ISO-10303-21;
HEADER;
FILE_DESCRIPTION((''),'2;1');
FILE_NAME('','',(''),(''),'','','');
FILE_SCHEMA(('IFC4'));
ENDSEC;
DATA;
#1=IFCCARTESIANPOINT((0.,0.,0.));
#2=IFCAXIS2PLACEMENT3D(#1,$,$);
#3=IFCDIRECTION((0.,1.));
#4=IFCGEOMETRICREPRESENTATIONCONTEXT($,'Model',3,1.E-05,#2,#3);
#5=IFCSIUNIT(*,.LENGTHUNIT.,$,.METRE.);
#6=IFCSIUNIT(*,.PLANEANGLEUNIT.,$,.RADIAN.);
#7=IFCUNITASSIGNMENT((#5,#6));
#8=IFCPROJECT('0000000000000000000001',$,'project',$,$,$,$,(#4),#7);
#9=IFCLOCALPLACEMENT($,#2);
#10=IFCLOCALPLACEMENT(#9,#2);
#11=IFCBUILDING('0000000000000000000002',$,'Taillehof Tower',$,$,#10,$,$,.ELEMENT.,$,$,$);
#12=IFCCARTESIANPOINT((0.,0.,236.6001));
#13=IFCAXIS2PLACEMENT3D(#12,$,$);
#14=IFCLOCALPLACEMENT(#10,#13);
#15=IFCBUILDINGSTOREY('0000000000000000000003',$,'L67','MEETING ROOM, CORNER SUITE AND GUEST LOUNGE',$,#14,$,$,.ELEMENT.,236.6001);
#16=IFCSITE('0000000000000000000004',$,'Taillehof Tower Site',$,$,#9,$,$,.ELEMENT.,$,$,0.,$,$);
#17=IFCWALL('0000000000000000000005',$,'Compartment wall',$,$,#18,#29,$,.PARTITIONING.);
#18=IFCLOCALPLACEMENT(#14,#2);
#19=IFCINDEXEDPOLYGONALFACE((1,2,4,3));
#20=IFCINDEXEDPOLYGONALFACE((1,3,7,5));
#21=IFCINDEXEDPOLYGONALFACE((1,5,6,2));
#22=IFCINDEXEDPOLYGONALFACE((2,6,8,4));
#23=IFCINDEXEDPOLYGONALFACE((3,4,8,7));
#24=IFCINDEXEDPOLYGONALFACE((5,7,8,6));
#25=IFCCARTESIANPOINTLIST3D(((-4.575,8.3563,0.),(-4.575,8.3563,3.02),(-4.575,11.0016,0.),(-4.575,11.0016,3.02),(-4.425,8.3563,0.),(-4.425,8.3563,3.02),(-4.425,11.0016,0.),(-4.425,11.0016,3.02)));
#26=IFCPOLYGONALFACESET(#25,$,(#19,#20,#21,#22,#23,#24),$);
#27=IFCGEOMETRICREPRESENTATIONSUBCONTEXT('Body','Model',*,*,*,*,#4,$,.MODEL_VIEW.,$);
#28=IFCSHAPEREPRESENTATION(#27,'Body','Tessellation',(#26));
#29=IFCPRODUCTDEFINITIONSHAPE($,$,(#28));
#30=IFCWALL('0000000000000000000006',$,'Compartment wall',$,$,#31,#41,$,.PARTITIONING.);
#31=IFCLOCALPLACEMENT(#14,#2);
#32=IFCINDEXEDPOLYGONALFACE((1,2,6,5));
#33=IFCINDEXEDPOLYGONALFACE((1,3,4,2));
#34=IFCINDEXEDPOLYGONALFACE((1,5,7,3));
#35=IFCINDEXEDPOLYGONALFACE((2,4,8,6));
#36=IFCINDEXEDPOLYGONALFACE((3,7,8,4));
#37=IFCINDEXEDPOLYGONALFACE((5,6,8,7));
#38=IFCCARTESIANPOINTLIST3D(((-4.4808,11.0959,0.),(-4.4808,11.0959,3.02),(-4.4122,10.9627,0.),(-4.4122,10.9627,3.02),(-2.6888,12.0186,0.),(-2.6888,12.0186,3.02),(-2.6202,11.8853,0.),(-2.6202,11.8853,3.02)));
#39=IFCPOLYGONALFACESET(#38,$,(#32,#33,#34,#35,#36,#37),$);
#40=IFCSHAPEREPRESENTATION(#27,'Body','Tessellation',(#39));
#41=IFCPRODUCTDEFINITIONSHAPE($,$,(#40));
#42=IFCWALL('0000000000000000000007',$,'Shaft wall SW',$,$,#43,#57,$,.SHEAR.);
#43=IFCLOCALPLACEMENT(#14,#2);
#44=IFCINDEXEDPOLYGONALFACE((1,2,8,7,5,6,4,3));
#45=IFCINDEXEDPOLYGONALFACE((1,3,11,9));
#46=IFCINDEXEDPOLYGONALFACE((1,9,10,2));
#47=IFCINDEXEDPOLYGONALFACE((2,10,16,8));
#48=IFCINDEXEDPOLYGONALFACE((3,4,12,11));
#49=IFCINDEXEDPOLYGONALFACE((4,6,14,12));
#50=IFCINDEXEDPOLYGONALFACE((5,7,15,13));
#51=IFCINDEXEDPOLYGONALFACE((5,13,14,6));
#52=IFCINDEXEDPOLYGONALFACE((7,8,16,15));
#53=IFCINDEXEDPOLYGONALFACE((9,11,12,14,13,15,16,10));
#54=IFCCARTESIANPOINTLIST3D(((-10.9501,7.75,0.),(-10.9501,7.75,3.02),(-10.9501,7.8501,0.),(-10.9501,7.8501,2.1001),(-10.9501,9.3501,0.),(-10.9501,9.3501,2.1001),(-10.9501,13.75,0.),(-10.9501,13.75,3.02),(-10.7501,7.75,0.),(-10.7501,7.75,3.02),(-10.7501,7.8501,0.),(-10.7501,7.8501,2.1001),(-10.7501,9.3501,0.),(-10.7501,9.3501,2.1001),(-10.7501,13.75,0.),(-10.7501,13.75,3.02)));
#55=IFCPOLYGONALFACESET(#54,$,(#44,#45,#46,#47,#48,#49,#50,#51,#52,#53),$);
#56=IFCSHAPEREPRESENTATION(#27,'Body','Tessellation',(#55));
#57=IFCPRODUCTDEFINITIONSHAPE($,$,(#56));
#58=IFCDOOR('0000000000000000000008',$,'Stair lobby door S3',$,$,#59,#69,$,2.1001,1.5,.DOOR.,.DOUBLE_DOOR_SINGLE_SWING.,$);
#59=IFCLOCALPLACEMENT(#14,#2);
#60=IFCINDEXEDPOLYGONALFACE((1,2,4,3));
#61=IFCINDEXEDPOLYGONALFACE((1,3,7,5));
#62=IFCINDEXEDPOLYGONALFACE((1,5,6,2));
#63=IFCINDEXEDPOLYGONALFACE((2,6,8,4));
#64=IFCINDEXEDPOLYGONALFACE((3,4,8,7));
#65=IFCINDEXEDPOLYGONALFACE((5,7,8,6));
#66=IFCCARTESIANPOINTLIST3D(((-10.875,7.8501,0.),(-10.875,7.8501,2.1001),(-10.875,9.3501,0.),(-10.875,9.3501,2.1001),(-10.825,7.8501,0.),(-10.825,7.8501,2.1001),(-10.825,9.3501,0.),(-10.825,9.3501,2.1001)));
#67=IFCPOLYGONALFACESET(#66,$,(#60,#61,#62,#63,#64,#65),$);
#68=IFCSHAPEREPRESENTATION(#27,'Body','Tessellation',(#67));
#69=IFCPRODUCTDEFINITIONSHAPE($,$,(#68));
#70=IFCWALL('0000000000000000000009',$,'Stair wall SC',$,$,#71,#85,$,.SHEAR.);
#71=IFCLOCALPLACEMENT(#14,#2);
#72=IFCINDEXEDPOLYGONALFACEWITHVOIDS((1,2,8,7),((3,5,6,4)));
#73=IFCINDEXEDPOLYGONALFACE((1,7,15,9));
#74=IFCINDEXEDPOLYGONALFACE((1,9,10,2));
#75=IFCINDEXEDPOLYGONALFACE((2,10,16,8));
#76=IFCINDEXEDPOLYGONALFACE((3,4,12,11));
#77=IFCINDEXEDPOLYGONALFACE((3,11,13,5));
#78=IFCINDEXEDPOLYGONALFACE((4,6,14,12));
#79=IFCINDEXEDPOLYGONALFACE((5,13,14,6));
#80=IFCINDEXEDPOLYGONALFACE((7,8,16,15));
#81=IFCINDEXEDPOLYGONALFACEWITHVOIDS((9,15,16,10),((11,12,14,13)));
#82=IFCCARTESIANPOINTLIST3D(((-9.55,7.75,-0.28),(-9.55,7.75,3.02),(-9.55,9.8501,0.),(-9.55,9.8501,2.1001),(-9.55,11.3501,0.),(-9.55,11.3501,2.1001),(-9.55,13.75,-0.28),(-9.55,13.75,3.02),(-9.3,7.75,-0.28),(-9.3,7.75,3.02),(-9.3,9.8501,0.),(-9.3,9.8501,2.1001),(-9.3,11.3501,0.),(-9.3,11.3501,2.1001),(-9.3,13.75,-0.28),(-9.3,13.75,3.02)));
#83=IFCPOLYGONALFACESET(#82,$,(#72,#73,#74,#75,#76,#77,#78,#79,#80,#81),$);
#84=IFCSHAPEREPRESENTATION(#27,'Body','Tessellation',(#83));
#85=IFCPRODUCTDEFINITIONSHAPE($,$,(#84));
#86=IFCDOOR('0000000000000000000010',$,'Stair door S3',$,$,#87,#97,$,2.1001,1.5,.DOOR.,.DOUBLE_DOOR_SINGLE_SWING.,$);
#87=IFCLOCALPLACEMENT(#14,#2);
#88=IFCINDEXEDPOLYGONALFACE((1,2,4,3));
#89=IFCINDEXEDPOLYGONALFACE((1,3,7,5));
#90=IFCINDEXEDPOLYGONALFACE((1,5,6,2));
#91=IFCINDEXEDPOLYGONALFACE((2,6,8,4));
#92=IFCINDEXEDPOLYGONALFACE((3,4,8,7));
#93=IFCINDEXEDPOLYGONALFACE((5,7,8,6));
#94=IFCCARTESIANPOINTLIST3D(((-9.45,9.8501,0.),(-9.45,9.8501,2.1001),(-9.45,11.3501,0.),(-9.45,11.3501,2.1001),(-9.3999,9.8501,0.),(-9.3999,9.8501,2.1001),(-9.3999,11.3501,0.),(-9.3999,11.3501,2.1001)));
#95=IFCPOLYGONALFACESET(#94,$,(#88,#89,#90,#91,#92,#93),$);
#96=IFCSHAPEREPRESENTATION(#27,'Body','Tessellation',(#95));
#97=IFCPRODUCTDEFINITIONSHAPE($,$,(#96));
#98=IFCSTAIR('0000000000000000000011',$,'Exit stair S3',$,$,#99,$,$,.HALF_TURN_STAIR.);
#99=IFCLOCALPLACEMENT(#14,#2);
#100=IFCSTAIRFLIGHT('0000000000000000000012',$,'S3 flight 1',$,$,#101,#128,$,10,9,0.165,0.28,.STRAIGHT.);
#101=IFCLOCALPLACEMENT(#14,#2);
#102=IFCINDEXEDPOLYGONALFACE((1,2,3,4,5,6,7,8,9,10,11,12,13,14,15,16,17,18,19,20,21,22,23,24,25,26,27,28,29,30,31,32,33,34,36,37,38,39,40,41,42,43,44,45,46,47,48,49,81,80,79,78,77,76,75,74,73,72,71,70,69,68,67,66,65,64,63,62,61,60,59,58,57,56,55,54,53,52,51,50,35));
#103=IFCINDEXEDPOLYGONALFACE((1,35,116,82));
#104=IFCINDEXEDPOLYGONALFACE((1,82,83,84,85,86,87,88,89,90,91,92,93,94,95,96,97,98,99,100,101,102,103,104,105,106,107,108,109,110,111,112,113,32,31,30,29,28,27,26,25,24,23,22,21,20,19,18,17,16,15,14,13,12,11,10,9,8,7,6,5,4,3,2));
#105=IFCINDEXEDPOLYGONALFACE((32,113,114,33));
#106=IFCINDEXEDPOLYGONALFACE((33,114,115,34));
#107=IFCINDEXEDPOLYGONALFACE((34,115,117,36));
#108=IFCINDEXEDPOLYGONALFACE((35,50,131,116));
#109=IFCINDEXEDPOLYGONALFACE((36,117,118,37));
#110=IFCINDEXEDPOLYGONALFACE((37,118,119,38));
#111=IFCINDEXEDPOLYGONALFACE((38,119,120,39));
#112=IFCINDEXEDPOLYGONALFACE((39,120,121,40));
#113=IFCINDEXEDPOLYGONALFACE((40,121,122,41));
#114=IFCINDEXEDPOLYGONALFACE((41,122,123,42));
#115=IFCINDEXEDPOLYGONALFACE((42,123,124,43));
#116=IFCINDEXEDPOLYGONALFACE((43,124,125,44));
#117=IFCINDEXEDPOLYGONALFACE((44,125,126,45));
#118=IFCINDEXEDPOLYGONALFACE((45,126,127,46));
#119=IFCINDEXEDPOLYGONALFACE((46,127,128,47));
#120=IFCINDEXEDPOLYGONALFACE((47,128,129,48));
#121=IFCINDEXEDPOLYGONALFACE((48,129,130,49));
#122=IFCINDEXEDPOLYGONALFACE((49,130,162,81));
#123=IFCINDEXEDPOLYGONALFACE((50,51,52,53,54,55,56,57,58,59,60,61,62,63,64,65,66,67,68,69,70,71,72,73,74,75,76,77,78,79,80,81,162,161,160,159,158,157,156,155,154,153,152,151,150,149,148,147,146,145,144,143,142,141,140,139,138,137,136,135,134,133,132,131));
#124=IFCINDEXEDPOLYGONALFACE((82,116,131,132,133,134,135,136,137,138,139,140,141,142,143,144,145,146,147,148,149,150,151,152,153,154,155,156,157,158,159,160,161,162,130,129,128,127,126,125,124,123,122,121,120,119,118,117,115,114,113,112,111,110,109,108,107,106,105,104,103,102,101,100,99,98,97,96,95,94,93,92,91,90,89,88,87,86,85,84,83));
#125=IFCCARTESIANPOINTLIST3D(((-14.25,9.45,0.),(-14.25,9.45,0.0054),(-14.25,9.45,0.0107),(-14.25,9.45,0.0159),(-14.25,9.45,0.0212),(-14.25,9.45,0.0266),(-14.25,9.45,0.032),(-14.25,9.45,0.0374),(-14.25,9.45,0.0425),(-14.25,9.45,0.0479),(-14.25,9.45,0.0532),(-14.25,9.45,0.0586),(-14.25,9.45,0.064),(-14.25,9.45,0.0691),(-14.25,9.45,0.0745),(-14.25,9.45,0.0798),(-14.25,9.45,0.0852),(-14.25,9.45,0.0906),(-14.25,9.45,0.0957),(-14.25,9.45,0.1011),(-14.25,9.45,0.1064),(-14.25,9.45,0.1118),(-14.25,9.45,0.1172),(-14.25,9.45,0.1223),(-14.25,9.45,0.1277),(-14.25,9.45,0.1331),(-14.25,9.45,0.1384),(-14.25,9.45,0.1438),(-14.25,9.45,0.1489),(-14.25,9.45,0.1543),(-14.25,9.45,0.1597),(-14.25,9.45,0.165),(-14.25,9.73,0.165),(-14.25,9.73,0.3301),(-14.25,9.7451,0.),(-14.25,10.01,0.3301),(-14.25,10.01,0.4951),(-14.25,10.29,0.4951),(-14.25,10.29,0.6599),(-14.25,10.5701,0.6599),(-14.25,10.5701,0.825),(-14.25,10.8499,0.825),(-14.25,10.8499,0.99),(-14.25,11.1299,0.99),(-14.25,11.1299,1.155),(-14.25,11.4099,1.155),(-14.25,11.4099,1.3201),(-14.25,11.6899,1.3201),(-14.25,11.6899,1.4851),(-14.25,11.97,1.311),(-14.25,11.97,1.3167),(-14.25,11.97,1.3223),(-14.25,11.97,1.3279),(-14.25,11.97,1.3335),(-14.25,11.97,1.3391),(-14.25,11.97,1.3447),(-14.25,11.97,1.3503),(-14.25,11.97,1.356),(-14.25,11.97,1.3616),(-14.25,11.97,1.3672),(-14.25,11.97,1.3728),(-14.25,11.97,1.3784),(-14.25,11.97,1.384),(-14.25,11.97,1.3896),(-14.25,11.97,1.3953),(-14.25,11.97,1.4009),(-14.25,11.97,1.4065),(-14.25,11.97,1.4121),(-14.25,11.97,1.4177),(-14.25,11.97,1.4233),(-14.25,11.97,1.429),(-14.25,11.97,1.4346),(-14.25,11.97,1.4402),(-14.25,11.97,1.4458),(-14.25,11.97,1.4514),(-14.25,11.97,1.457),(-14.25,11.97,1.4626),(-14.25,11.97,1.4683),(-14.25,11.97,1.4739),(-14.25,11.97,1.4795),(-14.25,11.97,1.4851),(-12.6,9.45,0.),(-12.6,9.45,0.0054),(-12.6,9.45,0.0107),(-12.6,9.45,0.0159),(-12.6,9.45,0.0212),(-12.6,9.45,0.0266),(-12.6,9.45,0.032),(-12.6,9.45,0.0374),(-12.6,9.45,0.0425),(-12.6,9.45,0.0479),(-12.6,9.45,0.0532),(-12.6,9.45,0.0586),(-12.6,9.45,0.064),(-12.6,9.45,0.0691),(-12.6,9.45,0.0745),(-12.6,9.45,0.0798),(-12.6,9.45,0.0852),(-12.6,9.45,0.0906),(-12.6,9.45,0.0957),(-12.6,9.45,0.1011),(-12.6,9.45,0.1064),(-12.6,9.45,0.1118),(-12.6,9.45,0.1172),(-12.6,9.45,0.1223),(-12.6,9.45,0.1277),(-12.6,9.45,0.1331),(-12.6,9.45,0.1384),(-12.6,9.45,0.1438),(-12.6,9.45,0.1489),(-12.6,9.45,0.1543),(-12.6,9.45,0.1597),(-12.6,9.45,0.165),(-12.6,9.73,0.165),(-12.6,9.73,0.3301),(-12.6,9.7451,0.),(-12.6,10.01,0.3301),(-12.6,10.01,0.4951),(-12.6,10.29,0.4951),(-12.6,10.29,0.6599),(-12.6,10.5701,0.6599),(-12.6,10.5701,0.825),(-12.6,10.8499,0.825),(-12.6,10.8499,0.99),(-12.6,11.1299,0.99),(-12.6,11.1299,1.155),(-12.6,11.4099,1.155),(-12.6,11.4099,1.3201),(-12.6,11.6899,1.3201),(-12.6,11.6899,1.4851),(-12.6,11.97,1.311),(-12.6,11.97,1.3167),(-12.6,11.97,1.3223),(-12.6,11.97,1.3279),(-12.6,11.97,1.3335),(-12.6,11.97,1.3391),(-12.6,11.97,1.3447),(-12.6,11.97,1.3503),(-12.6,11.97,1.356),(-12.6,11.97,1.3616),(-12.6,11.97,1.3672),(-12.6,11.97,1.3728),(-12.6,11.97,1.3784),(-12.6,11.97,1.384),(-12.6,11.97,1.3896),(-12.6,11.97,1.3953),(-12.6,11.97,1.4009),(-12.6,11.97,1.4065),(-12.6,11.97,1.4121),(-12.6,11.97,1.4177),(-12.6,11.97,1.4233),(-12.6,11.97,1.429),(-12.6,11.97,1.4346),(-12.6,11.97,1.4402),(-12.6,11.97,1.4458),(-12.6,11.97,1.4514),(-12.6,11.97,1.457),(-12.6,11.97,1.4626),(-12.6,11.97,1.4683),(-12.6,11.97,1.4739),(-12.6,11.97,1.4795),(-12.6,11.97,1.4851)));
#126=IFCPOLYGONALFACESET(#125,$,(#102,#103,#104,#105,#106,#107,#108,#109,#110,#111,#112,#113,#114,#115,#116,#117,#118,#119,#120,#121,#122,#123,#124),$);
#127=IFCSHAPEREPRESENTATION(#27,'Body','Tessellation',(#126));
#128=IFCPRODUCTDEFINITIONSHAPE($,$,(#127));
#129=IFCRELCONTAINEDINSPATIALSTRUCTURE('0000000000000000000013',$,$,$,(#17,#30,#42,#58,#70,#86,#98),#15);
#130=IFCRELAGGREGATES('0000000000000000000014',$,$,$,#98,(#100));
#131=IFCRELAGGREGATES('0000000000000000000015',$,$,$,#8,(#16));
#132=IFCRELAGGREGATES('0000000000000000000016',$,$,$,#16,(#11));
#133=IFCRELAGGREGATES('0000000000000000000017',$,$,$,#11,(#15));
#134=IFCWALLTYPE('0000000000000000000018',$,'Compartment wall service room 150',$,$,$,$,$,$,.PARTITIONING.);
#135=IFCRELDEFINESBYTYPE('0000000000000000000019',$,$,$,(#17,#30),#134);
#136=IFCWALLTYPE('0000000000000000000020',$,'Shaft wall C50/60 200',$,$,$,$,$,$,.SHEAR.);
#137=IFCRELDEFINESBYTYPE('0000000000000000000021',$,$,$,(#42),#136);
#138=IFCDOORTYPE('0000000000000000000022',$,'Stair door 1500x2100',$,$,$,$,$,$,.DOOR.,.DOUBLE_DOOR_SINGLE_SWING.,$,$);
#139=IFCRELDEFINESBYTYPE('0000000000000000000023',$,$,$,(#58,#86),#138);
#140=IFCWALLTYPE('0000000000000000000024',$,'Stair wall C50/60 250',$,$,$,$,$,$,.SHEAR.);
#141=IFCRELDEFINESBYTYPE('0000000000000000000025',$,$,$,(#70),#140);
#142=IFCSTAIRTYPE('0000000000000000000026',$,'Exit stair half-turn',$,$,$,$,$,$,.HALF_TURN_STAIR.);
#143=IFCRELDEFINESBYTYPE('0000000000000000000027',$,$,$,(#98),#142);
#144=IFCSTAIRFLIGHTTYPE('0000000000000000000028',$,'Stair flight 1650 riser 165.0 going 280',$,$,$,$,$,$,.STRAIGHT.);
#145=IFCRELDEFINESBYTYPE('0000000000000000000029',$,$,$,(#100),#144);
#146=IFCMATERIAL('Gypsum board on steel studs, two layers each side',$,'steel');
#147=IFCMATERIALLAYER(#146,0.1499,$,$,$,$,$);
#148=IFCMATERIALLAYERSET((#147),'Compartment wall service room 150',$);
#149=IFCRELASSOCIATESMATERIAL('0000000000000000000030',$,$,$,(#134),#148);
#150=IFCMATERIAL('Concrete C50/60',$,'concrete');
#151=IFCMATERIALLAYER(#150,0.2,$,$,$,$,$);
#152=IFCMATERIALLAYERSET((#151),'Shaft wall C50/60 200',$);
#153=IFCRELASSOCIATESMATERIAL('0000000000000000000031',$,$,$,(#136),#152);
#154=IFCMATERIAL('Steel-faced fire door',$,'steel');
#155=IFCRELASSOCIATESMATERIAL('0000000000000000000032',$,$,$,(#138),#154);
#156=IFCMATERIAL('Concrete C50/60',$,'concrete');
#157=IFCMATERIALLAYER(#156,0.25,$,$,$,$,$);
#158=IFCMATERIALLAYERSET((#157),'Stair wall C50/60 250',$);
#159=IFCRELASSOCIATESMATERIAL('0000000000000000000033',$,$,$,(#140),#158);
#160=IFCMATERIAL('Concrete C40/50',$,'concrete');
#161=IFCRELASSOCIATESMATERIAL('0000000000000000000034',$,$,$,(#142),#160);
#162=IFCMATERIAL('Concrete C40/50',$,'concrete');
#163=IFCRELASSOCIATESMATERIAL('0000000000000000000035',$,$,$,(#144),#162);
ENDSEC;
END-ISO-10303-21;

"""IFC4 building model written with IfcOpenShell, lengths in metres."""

from ifc_helpers import new_model, si_unit, direction, frame, frame_2d, origin, place, context, subcontext, project, spatial, polyline, rectangle, outline, extrude, material, layer, layer_set, type_object, element, fill, aggregate, save


model = new_model("IFC4")

# Units and contexts
model_context = context("Model", 3, precision=1e-05, world=origin(), true_north=direction((0.0, 1.0)))
body_context = subcontext(model_context, "Body", "Model", "MODEL_VIEW")
ifc_project = project(units=[si_unit("LENGTHUNIT", "METRE"), si_unit("PLANEANGLEUNIT", "RADIAN")], contexts=[model_context])

# Site, building, storey
site_placement = place(None, origin())
site = spatial("IfcSite", under=ifc_project, at=site_placement, Name="Taillehof Tower Site", CompositionType="ELEMENT", RefElevation=0.0)
building_placement = place(site_placement, origin())
building = spatial("IfcBuilding", under=site, at=building_placement, Name="Taillehof Tower", CompositionType="ELEMENT")
storey_placement = place(building_placement, frame((0.0, 0.0, 236.6001)))
storey = spatial("IfcBuildingStorey", under=building, at=storey_placement, Name="L67", Description="MEETING ROOM, CORNER SUITE AND GUEST LOUNGE", CompositionType="ELEMENT", Elevation=236.6001)

# Shared definitions
ifc_material_1 = material(Name="Gypsum board on steel studs, two layers each side", Category="steel")
ifc_layer_1 = layer(ifc_material_1, 0.1499)
ifc_layer_set_1 = layer_set([ifc_layer_1], Name="Compartment wall service room 150")
wall_type_1 = type_object("IfcWallType", Name="Compartment wall service room 150", PredefinedType="PARTITIONING", material=ifc_layer_set_1)

# Walls
wall_1_placement = place(storey_placement, frame((-4.5, 8.3562, 0.0), z_axis=(0.0, 0.0, 1.0), x_axis=(0.0, 1.0, 0.0)))
element("IfcWall", 1, at=wall_1_placement, inside=storey, type_object=wall_type_1, Name="Compartment wall", PredefinedType="PARTITIONING", context=body_context, shape_type="SweptSolid", body=[
    extrude(rectangle(XDim=2.6453, YDim=0.1499, at=frame_2d((1.3228, 0.0))), origin(), (0.0, 0.0, 1.0), 3.02),
])
wall_2_placement = place(storey_placement, frame((-4.4465, 11.0293, 0.0), z_axis=(0.0, 0.0, 1.0), x_axis=(0.889084, 0.457745, 0.0)))
element("IfcWall", 2, at=wall_2_placement, inside=storey, type_object=wall_type_1, Name="Compartment wall", PredefinedType="PARTITIONING", context=body_context, shape_type="SweptSolid", body=[
    extrude(rectangle(XDim=2.0156, YDim=0.1499, at=frame_2d((1.0078, 0.0))), origin(), (0.0, 0.0, 1.0), 3.02),
])

# Walls, openings, doors
ifc_material_2 = material(Name="Concrete C50/60", Category="concrete")
ifc_layer_2 = layer(ifc_material_2, 0.2)
ifc_layer_set_2 = layer_set([ifc_layer_2], Name="Shaft wall C50/60 200")
wall_type_2 = type_object("IfcWallType", Name="Shaft wall C50/60 200", PredefinedType="SHEAR", material=ifc_layer_set_2)
wall_3_placement = place(storey_placement, frame((-10.8501, 7.75, 0.0), z_axis=(0.0, 0.0, 1.0), x_axis=(0.0, 1.0, 0.0)))
wall_3 = element("IfcWall", 3, at=wall_3_placement, inside=storey, type_object=wall_type_2, Name="Shaft wall SW", PredefinedType="SHEAR", context=body_context, shape_type="SweptSolid", body=[
    extrude(rectangle(XDim=6.0, YDim=0.2, at=frame_2d((3.0, 0.0))), origin(), (0.0, 0.0, 1.0), 3.02),
])
opening_1_placement = place(wall_3_placement, frame((0.1001, 0.0, 0.0)))
opening_1 = element("IfcOpeningElement", 4, at=opening_1_placement, cuts=wall_3, PredefinedType="OPENING", context=body_context, shape_type="SweptSolid", body=[
    extrude(rectangle(XDim=1.5, YDim=2.1001, at=frame_2d((0.75, 1.05))), frame((0.0, 0.1099, 0.0), z_axis=(0.0, -1.0, 0.0), x_axis=(1.0, 0.0, 0.0)), (0.0, 0.0, 1.0), 0.22),
])
ifc_material_3 = material(Name="Steel-faced fire door", Category="steel")
door_type_1 = type_object("IfcDoorType", Name="Stair door 1500x2100", OperationType="DOUBLE_DOOR_SINGLE_SWING", PredefinedType="DOOR", material=ifc_material_3)
door_1_placement = place(opening_1_placement, origin())
door_1 = element("IfcDoor", 5, at=door_1_placement, inside=storey, type_object=door_type_1, Name="Stair lobby door S3", OperationType="DOUBLE_DOOR_SINGLE_SWING", OverallHeight=2.1001, OverallWidth=1.5, PredefinedType="DOOR", context=body_context, shape_type="SweptSolid", body=[
    extrude(rectangle(XDim=1.5, YDim=2.1001, at=frame_2d((0.75, 1.05))), frame((0.0, 0.0249, 0.0), z_axis=(0.0, -1.0, 0.0), x_axis=(1.0, 0.0, 0.0)), (0.0, 0.0, 1.0), 0.05),
])
fill(opening_1, door_1)
ifc_material_4 = material(Name="Concrete C50/60", Category="concrete")
ifc_layer_3 = layer(ifc_material_4, 0.25)
ifc_layer_set_3 = layer_set([ifc_layer_3], Name="Stair wall C50/60 250")
wall_type_3 = type_object("IfcWallType", Name="Stair wall C50/60 250", PredefinedType="SHEAR", material=ifc_layer_set_3)
wall_4_placement = place(storey_placement, frame((-9.425, 7.75, -0.28), z_axis=(0.0, 0.0, 1.0), x_axis=(0.0, 1.0, 0.0)))
wall_4 = element("IfcWall", 6, at=wall_4_placement, inside=storey, type_object=wall_type_3, Name="Stair wall SC", PredefinedType="SHEAR", context=body_context, shape_type="SweptSolid", body=[
    extrude(rectangle(XDim=6.0, YDim=0.25, at=frame_2d((3.0, 0.0))), origin(), (0.0, 0.0, 1.0), 3.3),
])
opening_2_placement = place(wall_4_placement, frame((2.1001, 0.0, 0.28)))
opening_2 = element("IfcOpeningElement", 7, at=opening_2_placement, cuts=wall_4, PredefinedType="OPENING", context=body_context, shape_type="SweptSolid", body=[
    extrude(rectangle(XDim=1.5, YDim=2.1001, at=frame_2d((0.75, 1.05))), frame((0.0, 0.135, 0.0), z_axis=(0.0, -1.0, 0.0), x_axis=(1.0, 0.0, 0.0)), (0.0, 0.0, 1.0), 0.27),
])
door_2_placement = place(opening_2_placement, origin())
door_2 = element("IfcDoor", 8, at=door_2_placement, inside=storey, type_object=door_type_1, Name="Stair door S3", OperationType="DOUBLE_DOOR_SINGLE_SWING", OverallHeight=2.1001, OverallWidth=1.5, PredefinedType="DOOR", context=body_context, shape_type="SweptSolid", body=[
    extrude(rectangle(XDim=1.5, YDim=2.1001, at=frame_2d((0.75, 1.05))), frame((0.0, 0.0249, 0.0), z_axis=(0.0, -1.0, 0.0), x_axis=(1.0, 0.0, 0.0)), (0.0, 0.0, 1.0), 0.05),
])
fill(opening_2, door_2)

# Stair, stair flight
ifc_material_5 = material(Name="Concrete C40/50", Category="concrete")
stair_type = type_object("IfcStairType", Name="Exit stair half-turn", PredefinedType="HALF_TURN_STAIR", material=ifc_material_5)
stair_placement = place(storey_placement, origin())
stair = element("IfcStair", 9, at=stair_placement, inside=storey, type_object=stair_type, Name="Exit stair S3", PredefinedType="HALF_TURN_STAIR")
ifc_material_6 = material(Name="Concrete C40/50", Category="concrete")
stair_flight_type = type_object("IfcStairFlightType", Name="Stair flight 1650 riser 165.0 going 280", PredefinedType="STRAIGHT", material=ifc_material_6)
stair_flight_1_placement = place(storey_placement, frame((-13.425, 9.45, 0.0), z_axis=(0.0, 0.0, 1.0), x_axis=(0.0, 1.0, 0.0)))
stair_flight_1 = element("IfcStairFlight", 10, at=stair_flight_1_placement, type_object=stair_flight_type, Name="S3 flight 1", NumberOfRisers=10, NumberOfTreads=9, PredefinedType="STRAIGHT", RiserHeight=0.165, TreadLength=0.28, context=body_context, shape_type="SweptSolid", body=[
    extrude(outline(polyline([(0.0, 0.0), (0.0, 0.0054), (0.0, 0.0107), (0.0, 0.0159), (0.0, 0.0212), (0.0, 0.0266), (0.0, 0.032), (0.0, 0.0374), (0.0, 0.0425), (0.0, 0.0479), (0.0, 0.0532), (0.0, 0.0586), (0.0, 0.064), (0.0, 0.0691), (0.0, 0.0745), (0.0, 0.0798), (0.0, 0.0852), (0.0, 0.0906), (0.0, 0.0957), (0.0, 0.1011), (0.0, 0.1064), (0.0, 0.1118), (0.0, 0.1172), (0.0, 0.1223), (0.0, 0.1277), (0.0, 0.1331), (0.0, 0.1384), (0.0, 0.1438), (0.0, 0.1489), (0.0, 0.1543), (0.0, 0.1597), (0.0, 0.165), (0.28, 0.165), (0.28, 0.3301), (0.5601, 0.3301), (0.5601, 0.4951), (0.8401, 0.4951), (0.8401, 0.6599), (1.1201, 0.6599), (1.1201, 0.825), (1.3999, 0.825), (1.3999, 0.99), (1.6799, 0.99), (1.6799, 1.155), (1.96, 1.155), (1.96, 1.3201), (2.24, 1.3201), (2.24, 1.4851), (2.52, 1.4851), (2.52, 1.4795), (2.52, 1.4739), (2.52, 1.4683), (2.52, 1.4626), (2.52, 1.457), (2.52, 1.4514), (2.52, 1.4458), (2.52, 1.4402), (2.52, 1.4346), (2.52, 1.429), (2.52, 1.4233), (2.52, 1.4177), (2.52, 1.4121), (2.52, 1.4065), (2.52, 1.4009), (2.52, 1.3953), (2.52, 1.3896), (2.52, 1.384), (2.52, 1.3784), (2.52, 1.3728), (2.52, 1.3672), (2.52, 1.3616), (2.52, 1.356), (2.52, 1.3503), (2.52, 1.3447), (2.52, 1.3391), (2.52, 1.3335), (2.52, 1.3279), (2.52, 1.3223), (2.52, 1.3167), (2.52, 1.311), (0.2952, 0.0), (0.0, 0.0)])), frame((0.0, 0.825, 0.0), z_axis=(0.0, -1.0, 0.0), x_axis=(1.0, 0.0, 0.0)), (0.0, 0.0, 1.0), 1.65),
])
aggregate(stair, [stair_flight_1])

save(model, "model.ifc")
